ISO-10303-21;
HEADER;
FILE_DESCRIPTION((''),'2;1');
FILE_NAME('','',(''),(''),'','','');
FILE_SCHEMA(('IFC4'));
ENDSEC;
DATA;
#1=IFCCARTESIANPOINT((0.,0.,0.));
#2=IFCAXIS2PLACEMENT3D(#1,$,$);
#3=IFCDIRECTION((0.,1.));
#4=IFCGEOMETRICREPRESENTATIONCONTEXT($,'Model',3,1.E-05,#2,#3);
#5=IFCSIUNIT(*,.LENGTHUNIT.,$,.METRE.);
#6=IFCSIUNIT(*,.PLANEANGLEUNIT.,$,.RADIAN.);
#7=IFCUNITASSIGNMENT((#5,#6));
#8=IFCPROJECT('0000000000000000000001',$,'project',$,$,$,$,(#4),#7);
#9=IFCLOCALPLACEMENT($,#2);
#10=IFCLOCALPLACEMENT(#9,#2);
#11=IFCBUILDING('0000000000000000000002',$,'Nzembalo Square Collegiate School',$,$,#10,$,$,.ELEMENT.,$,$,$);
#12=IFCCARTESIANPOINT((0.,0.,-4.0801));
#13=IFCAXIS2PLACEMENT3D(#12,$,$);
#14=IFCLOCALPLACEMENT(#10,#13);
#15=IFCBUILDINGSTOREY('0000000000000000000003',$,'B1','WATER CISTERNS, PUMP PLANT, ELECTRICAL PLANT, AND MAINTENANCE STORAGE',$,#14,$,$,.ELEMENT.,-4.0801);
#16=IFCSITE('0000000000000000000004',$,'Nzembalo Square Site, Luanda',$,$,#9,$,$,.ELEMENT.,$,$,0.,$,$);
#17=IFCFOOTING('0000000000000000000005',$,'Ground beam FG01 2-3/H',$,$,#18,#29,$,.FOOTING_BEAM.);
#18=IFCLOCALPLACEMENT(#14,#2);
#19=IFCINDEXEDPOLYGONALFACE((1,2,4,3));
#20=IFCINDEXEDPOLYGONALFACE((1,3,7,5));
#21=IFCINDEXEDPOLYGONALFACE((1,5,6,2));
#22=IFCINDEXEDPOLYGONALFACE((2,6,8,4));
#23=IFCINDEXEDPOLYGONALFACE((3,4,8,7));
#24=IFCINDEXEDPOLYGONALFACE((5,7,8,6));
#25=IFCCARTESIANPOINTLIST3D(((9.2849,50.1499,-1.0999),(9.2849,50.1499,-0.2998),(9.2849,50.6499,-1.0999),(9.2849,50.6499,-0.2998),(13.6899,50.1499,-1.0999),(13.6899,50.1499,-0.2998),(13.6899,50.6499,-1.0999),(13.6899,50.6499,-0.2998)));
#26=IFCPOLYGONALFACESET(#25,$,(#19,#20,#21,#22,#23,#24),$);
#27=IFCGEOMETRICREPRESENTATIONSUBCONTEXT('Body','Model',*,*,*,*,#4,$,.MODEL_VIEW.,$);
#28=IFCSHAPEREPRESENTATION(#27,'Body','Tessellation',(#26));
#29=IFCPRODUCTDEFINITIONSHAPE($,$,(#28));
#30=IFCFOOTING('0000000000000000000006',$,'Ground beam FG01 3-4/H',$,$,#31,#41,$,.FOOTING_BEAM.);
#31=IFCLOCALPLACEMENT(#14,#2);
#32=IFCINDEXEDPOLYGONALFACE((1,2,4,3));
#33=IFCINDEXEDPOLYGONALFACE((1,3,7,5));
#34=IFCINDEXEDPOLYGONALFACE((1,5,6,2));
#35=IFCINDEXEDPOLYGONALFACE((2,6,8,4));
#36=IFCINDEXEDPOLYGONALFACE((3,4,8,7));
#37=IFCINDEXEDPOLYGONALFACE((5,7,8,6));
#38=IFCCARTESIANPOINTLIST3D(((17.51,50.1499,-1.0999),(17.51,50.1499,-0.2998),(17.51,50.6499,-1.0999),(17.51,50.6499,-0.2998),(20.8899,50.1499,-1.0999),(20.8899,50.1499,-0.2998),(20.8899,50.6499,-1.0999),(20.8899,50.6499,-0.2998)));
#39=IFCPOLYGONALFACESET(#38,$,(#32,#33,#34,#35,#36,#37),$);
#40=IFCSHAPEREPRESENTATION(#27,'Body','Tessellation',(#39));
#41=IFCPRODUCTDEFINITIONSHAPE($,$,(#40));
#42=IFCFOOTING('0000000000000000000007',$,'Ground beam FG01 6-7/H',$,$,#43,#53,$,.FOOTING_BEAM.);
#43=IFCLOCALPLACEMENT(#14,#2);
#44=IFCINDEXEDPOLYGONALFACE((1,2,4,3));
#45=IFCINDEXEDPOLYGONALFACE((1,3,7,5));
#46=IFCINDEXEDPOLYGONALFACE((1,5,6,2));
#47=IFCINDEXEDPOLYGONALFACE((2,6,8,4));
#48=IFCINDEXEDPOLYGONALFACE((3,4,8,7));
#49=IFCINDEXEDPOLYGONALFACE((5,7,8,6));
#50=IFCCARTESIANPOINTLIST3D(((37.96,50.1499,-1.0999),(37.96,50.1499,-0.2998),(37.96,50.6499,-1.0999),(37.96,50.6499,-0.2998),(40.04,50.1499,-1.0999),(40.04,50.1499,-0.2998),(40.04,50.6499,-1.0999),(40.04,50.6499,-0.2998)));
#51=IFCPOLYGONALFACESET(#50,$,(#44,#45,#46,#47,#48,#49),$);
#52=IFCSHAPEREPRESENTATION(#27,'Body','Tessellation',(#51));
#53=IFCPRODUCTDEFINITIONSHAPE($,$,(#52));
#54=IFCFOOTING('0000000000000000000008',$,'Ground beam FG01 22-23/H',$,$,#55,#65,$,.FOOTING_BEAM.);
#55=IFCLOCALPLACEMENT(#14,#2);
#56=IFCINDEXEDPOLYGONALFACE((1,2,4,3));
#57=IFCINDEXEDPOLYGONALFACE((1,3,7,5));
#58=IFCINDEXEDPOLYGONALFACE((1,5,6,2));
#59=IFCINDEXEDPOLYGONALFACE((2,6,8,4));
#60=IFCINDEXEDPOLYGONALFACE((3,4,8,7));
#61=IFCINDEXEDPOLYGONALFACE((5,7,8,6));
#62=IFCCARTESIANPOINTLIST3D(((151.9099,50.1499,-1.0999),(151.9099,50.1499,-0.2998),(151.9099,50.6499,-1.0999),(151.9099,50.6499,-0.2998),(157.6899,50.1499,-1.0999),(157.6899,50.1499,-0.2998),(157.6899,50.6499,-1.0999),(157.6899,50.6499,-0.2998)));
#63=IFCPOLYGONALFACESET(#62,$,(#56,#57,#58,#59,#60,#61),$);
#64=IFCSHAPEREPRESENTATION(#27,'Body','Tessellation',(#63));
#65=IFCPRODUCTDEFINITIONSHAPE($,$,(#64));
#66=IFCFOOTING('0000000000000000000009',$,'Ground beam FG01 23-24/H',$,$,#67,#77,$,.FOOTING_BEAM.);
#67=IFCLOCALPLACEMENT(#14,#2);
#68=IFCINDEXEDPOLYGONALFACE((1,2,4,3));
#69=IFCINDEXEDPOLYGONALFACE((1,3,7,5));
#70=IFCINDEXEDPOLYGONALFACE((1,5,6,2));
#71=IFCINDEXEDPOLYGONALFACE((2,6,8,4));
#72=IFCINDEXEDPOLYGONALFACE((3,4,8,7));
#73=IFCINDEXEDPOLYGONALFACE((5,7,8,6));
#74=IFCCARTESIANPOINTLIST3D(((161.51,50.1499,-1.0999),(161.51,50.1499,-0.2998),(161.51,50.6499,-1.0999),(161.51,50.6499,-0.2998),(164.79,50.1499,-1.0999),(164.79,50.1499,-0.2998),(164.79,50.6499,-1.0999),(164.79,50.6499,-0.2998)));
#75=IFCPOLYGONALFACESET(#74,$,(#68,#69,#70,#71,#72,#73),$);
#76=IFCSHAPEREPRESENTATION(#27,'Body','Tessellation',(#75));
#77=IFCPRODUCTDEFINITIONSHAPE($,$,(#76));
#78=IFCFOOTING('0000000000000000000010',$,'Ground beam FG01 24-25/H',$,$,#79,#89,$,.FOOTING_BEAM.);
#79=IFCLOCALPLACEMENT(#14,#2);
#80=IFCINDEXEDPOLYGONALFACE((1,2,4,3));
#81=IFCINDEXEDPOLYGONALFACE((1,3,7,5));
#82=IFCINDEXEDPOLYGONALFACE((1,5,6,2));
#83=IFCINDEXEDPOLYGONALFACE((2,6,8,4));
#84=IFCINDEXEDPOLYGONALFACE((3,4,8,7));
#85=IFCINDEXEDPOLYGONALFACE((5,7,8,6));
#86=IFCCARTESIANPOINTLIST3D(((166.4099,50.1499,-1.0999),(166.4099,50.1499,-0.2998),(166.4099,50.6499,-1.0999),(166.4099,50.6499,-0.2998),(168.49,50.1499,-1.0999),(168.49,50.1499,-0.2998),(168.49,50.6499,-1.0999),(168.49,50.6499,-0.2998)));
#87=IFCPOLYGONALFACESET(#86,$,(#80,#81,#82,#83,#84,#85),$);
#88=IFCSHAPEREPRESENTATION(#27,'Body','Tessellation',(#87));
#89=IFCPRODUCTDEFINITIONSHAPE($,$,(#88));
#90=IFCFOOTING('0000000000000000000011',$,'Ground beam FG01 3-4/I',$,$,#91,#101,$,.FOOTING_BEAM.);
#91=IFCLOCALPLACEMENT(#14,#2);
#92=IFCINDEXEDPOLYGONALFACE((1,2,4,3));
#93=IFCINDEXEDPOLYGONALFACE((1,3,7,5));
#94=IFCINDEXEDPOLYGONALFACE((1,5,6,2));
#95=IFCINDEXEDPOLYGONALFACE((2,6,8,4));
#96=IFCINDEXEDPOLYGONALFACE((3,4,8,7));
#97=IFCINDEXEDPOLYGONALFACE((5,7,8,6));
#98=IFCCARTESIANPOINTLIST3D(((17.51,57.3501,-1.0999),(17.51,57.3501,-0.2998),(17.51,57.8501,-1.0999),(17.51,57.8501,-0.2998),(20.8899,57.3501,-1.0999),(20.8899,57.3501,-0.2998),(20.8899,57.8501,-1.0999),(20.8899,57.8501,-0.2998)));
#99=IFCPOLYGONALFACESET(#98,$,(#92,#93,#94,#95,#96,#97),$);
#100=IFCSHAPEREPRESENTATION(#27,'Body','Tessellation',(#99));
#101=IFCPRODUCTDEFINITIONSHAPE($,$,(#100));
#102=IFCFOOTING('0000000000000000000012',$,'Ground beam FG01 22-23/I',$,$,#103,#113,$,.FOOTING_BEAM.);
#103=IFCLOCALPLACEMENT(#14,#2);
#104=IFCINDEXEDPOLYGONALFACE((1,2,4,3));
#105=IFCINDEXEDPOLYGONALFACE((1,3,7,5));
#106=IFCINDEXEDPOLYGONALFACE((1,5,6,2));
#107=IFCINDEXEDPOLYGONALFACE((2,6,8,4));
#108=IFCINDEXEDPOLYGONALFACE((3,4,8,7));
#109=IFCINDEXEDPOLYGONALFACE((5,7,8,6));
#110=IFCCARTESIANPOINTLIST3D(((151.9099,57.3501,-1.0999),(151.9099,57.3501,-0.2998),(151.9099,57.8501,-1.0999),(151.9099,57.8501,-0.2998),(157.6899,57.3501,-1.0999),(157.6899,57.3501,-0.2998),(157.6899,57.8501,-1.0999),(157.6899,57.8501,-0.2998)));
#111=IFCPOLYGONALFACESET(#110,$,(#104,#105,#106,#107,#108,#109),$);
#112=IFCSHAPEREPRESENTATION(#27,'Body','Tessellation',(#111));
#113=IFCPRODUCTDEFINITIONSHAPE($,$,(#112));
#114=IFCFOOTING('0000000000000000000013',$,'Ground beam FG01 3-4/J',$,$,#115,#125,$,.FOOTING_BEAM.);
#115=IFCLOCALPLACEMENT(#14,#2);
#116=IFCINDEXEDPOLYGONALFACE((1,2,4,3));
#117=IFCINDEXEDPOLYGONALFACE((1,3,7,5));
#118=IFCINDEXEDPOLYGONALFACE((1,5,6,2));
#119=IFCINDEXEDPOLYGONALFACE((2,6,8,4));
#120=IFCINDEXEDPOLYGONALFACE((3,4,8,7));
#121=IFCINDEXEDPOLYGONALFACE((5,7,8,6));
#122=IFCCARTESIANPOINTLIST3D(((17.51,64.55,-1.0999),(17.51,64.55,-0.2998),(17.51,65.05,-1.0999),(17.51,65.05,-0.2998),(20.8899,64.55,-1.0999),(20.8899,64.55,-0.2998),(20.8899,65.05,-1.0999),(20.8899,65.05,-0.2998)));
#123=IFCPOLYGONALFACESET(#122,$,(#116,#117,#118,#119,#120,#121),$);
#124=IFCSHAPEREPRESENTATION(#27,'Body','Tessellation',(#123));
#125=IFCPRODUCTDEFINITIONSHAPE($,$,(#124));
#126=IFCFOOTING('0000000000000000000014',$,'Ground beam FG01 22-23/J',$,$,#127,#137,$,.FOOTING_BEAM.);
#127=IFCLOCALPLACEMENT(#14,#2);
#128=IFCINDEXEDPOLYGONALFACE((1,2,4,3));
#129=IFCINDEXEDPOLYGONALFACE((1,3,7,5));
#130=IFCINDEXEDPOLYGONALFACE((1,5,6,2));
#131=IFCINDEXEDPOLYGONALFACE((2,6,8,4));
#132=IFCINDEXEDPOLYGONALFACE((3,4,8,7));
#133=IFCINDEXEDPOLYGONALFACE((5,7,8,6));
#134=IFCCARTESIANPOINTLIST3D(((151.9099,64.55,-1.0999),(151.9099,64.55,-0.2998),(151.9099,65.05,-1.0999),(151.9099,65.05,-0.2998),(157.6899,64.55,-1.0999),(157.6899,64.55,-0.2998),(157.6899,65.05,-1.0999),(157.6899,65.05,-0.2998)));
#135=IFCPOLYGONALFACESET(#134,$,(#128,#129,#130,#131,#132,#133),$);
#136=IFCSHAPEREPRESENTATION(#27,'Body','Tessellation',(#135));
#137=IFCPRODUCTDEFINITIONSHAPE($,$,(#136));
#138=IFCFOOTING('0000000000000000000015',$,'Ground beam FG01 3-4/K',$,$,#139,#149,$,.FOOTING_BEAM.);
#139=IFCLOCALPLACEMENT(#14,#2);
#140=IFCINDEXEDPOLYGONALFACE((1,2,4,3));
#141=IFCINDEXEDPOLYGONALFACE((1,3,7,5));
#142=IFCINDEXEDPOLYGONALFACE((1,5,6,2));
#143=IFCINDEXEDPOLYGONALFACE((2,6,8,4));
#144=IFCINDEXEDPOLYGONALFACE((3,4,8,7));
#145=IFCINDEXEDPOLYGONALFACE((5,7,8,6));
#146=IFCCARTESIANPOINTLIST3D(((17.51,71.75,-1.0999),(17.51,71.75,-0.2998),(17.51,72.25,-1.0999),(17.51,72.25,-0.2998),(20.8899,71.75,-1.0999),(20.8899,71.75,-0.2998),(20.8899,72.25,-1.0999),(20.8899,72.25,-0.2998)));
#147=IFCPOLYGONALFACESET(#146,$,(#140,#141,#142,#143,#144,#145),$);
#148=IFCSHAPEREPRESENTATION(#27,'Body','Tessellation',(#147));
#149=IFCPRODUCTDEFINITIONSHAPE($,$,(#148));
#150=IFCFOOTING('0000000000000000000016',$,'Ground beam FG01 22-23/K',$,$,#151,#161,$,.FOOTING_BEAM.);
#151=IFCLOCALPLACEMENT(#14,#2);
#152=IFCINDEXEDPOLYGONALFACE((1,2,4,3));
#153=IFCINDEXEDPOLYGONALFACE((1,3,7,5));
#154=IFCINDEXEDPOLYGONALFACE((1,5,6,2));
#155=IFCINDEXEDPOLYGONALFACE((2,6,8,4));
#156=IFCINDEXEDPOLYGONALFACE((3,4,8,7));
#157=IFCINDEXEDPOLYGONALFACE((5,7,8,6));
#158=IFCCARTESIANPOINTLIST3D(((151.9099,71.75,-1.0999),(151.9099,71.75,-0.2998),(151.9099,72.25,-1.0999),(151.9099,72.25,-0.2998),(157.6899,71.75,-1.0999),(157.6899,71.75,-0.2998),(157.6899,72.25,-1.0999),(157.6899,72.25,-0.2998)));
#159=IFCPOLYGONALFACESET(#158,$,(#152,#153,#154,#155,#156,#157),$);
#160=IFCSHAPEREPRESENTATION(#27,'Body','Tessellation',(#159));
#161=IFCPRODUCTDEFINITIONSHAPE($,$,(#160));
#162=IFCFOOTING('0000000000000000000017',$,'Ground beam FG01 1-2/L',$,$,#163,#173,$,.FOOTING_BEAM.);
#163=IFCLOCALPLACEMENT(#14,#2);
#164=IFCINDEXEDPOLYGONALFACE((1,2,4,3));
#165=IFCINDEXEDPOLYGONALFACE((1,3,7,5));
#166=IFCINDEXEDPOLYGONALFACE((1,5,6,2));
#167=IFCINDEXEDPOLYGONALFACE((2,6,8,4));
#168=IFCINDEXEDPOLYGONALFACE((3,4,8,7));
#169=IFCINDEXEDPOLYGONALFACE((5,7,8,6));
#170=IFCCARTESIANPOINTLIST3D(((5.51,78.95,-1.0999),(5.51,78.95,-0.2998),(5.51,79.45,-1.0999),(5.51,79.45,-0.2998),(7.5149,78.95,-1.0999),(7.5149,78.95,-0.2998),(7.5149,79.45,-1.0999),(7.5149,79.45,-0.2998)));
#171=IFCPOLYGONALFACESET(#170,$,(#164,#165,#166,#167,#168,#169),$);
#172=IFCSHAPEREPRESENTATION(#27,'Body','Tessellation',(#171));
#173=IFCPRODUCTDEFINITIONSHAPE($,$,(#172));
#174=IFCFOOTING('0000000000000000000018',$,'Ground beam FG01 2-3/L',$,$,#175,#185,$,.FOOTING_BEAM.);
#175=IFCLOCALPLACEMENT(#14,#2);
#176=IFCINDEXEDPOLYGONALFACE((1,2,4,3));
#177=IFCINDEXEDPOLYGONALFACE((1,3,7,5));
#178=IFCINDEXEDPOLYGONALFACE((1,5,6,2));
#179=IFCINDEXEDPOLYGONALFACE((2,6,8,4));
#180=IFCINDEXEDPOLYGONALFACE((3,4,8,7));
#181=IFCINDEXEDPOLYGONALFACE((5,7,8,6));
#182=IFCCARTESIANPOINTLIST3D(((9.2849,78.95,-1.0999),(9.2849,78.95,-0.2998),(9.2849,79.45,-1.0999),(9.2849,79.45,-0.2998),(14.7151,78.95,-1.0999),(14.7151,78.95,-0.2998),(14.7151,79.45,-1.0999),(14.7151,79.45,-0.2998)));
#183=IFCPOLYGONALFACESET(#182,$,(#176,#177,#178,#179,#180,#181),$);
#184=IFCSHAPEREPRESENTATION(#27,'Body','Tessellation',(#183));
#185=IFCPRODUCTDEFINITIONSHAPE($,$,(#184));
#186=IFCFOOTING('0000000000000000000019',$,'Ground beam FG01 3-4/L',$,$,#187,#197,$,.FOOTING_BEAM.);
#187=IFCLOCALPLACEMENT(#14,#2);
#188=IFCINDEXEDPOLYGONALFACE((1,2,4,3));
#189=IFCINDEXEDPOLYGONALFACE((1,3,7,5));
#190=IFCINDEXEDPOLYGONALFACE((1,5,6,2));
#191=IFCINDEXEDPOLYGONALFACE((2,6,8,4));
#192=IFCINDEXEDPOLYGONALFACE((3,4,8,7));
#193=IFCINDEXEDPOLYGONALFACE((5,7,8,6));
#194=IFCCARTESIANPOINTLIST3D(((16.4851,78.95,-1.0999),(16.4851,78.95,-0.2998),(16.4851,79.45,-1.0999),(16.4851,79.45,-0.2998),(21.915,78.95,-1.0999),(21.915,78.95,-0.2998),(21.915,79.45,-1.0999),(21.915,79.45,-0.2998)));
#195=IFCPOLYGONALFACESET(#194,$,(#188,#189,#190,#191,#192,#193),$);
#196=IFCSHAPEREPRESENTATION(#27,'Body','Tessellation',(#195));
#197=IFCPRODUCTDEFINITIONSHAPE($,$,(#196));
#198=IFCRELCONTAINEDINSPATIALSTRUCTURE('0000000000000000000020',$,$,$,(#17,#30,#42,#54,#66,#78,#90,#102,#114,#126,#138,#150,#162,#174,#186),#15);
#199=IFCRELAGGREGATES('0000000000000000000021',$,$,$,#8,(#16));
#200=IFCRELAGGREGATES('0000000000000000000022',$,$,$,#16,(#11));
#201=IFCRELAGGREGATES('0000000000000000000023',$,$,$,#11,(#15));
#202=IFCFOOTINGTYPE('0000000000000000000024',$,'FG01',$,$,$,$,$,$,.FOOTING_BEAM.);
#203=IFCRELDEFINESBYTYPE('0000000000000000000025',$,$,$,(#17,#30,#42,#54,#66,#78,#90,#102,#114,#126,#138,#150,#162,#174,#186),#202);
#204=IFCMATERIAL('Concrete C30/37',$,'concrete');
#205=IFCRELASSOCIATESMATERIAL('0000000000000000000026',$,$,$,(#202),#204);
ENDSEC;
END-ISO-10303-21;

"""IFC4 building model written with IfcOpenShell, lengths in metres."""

from ifc_helpers import new_model, si_unit, direction, frame, origin, place, context, subcontext, project, spatial, polyline, outline, extrude, material, type_object, element, save


model = new_model("IFC4")

# Units and contexts
model_context = context("Model", 3, precision=1e-05, world=origin(), true_north=direction((0.0, 1.0)))
body_context = subcontext(model_context, "Body", "Model", "MODEL_VIEW")
ifc_project = project(units=[si_unit("LENGTHUNIT", "METRE"), si_unit("PLANEANGLEUNIT", "RADIAN")], contexts=[model_context])

# Site, building, storey
site_placement = place(None, origin())
site = spatial("IfcSite", under=ifc_project, at=site_placement, Name="Nzembalo Square Site, Luanda", CompositionType="ELEMENT", RefElevation=0.0)
building_placement = place(site_placement, origin())
building = spatial("IfcBuilding", under=site, at=building_placement, Name="Nzembalo Square Collegiate School", CompositionType="ELEMENT")
storey_placement = place(building_placement, frame((0.0, 0.0, -4.0801)))
storey = spatial("IfcBuildingStorey", under=building, at=storey_placement, Name="B1", Description="WATER CISTERNS, PUMP PLANT, ELECTRICAL PLANT, AND MAINTENANCE STORAGE", CompositionType="ELEMENT", Elevation=-4.0801)

# Footings
ifc_material = material(Name="Concrete C30/37", Category="concrete")
footing_type = type_object("IfcFootingType", Name="FG01", PredefinedType="FOOTING_BEAM", material=ifc_material)
footing_1_placement = place(storey_placement, frame((0.0, 0.0, -1.0999)))
element("IfcFooting", 1, at=footing_1_placement, inside=storey, type_object=footing_type, Name="Ground beam FG01 2-3/H", PredefinedType="FOOTING_BEAM", context=body_context, shape_type="SweptSolid", body=[
    extrude(outline(polyline([(9.2849, 50.1499), (13.6899, 50.1499), (13.6899, 50.6499), (9.2849, 50.6499), (9.2849, 50.1499)])), origin(), (0.0, 0.0, 1.0), 0.8),
])
footing_2_placement = place(storey_placement, frame((0.0, 0.0, -1.0999)))
element("IfcFooting", 2, at=footing_2_placement, inside=storey, type_object=footing_type, Name="Ground beam FG01 3-4/H", PredefinedType="FOOTING_BEAM", context=body_context, shape_type="SweptSolid", body=[
    extrude(outline(polyline([(17.51, 50.1499), (20.8899, 50.1499), (20.8899, 50.6499), (17.51, 50.6499), (17.51, 50.1499)])), origin(), (0.0, 0.0, 1.0), 0.8),
])
footing_3_placement = place(storey_placement, frame((0.0, 0.0, -1.0999)))
element("IfcFooting", 3, at=footing_3_placement, inside=storey, type_object=footing_type, Name="Ground beam FG01 6-7/H", PredefinedType="FOOTING_BEAM", context=body_context, shape_type="SweptSolid", body=[
    extrude(outline(polyline([(37.96, 50.1499), (40.04, 50.1499), (40.04, 50.6499), (37.96, 50.6499), (37.96, 50.1499)])), origin(), (0.0, 0.0, 1.0), 0.8),
])
footing_4_placement = place(storey_placement, frame((0.0, 0.0, -1.0999)))
element("IfcFooting", 4, at=footing_4_placement, inside=storey, type_object=footing_type, Name="Ground beam FG01 22-23/H", PredefinedType="FOOTING_BEAM", context=body_context, shape_type="SweptSolid", body=[
    extrude(outline(polyline([(151.9099, 50.1499), (157.6899, 50.1499), (157.6899, 50.6499), (151.9099, 50.6499), (151.9099, 50.1499)])), origin(), (0.0, 0.0, 1.0), 0.8),
])
footing_5_placement = place(storey_placement, frame((0.0, 0.0, -1.0999)))
element("IfcFooting", 5, at=footing_5_placement, inside=storey, type_object=footing_type, Name="Ground beam FG01 23-24/H", PredefinedType="FOOTING_BEAM", context=body_context, shape_type="SweptSolid", body=[
    extrude(outline(polyline([(161.51, 50.1499), (164.79, 50.1499), (164.79, 50.6499), (161.51, 50.6499), (161.51, 50.1499)])), origin(), (0.0, 0.0, 1.0), 0.8),
])
footing_6_placement = place(storey_placement, frame((0.0, 0.0, -1.0999)))
element("IfcFooting", 6, at=footing_6_placement, inside=storey, type_object=footing_type, Name="Ground beam FG01 24-25/H", PredefinedType="FOOTING_BEAM", context=body_context, shape_type="SweptSolid", body=[
    extrude(outline(polyline([(166.4099, 50.1499), (168.49, 50.1499), (168.49, 50.6499), (166.4099, 50.6499), (166.4099, 50.1499)])), origin(), (0.0, 0.0, 1.0), 0.8),
])
footing_7_placement = place(storey_placement, frame((0.0, 0.0, -1.0999)))
element("IfcFooting", 7, at=footing_7_placement, inside=storey, type_object=footing_type, Name="Ground beam FG01 3-4/I", PredefinedType="FOOTING_BEAM", context=body_context, shape_type="SweptSolid", body=[
    extrude(outline(polyline([(17.51, 57.3501), (20.8899, 57.3501), (20.8899, 57.8501), (17.51, 57.8501), (17.51, 57.3501)])), origin(), (0.0, 0.0, 1.0), 0.8),
])
footing_8_placement = place(storey_placement, frame((0.0, 0.0, -1.0999)))
element("IfcFooting", 8, at=footing_8_placement, inside=storey, type_object=footing_type, Name="Ground beam FG01 22-23/I", PredefinedType="FOOTING_BEAM", context=body_context, shape_type="SweptSolid", body=[
    extrude(outline(polyline([(151.9099, 57.3501), (157.6899, 57.3501), (157.6899, 57.8501), (151.9099, 57.8501), (151.9099, 57.3501)])), origin(), (0.0, 0.0, 1.0), 0.8),
])
footing_9_placement = place(storey_placement, frame((0.0, 0.0, -1.0999)))
element("IfcFooting", 9, at=footing_9_placement, inside=storey, type_object=footing_type, Name="Ground beam FG01 3-4/J", PredefinedType="FOOTING_BEAM", context=body_context, shape_type="SweptSolid", body=[
    extrude(outline(polyline([(17.51, 64.55), (20.8899, 64.55), (20.8899, 65.05), (17.51, 65.05), (17.51, 64.55)])), origin(), (0.0, 0.0, 1.0), 0.8),
])
footing_10_placement = place(storey_placement, frame((0.0, 0.0, -1.0999)))
element("IfcFooting", 10, at=footing_10_placement, inside=storey, type_object=footing_type, Name="Ground beam FG01 22-23/J", PredefinedType="FOOTING_BEAM", context=body_context, shape_type="SweptSolid", body=[
    extrude(outline(polyline([(151.9099, 64.55), (157.6899, 64.55), (157.6899, 65.05), (151.9099, 65.05), (151.9099, 64.55)])), origin(), (0.0, 0.0, 1.0), 0.8),
])
footing_11_placement = place(storey_placement, frame((0.0, 0.0, -1.0999)))
element("IfcFooting", 11, at=footing_11_placement, inside=storey, type_object=footing_type, Name="Ground beam FG01 3-4/K", PredefinedType="FOOTING_BEAM", context=body_context, shape_type="SweptSolid", body=[
    extrude(outline(polyline([(17.51, 71.75), (20.8899, 71.75), (20.8899, 72.25), (17.51, 72.25), (17.51, 71.75)])), origin(), (0.0, 0.0, 1.0), 0.8),
])
footing_12_placement = place(storey_placement, frame((0.0, 0.0, -1.0999)))
element("IfcFooting", 12, at=footing_12_placement, inside=storey, type_object=footing_type, Name="Ground beam FG01 22-23/K", PredefinedType="FOOTING_BEAM", context=body_context, shape_type="SweptSolid", body=[
    extrude(outline(polyline([(151.9099, 71.75), (157.6899, 71.75), (157.6899, 72.25), (151.9099, 72.25), (151.9099, 71.75)])), origin(), (0.0, 0.0, 1.0), 0.8),
])
footing_13_placement = place(storey_placement, frame((0.0, 0.0, -1.0999)))
element("IfcFooting", 13, at=footing_13_placement, inside=storey, type_object=footing_type, Name="Ground beam FG01 1-2/L", PredefinedType="FOOTING_BEAM", context=body_context, shape_type="SweptSolid", body=[
    extrude(outline(polyline([(5.51, 78.95), (7.5149, 78.95), (7.5149, 79.45), (5.51, 79.45), (5.51, 78.95)])), origin(), (0.0, 0.0, 1.0), 0.8),
])
footing_14_placement = place(storey_placement, frame((0.0, 0.0, -1.0999)))
element("IfcFooting", 14, at=footing_14_placement, inside=storey, type_object=footing_type, Name="Ground beam FG01 2-3/L", PredefinedType="FOOTING_BEAM", context=body_context, shape_type="SweptSolid", body=[
    extrude(outline(polyline([(9.2849, 78.95), (14.7151, 78.95), (14.7151, 79.45), (9.2849, 79.45), (9.2849, 78.95)])), origin(), (0.0, 0.0, 1.0), 0.8),
])
footing_15_placement = place(storey_placement, frame((0.0, 0.0, -1.0999)))
element("IfcFooting", 15, at=footing_15_placement, inside=storey, type_object=footing_type, Name="Ground beam FG01 3-4/L", PredefinedType="FOOTING_BEAM", context=body_context, shape_type="SweptSolid", body=[
    extrude(outline(polyline([(16.4851, 78.95), (21.915, 78.95), (21.915, 79.45), (16.4851, 79.45), (16.4851, 78.95)])), origin(), (0.0, 0.0, 1.0), 0.8),
])

save(model, "model.ifc")
